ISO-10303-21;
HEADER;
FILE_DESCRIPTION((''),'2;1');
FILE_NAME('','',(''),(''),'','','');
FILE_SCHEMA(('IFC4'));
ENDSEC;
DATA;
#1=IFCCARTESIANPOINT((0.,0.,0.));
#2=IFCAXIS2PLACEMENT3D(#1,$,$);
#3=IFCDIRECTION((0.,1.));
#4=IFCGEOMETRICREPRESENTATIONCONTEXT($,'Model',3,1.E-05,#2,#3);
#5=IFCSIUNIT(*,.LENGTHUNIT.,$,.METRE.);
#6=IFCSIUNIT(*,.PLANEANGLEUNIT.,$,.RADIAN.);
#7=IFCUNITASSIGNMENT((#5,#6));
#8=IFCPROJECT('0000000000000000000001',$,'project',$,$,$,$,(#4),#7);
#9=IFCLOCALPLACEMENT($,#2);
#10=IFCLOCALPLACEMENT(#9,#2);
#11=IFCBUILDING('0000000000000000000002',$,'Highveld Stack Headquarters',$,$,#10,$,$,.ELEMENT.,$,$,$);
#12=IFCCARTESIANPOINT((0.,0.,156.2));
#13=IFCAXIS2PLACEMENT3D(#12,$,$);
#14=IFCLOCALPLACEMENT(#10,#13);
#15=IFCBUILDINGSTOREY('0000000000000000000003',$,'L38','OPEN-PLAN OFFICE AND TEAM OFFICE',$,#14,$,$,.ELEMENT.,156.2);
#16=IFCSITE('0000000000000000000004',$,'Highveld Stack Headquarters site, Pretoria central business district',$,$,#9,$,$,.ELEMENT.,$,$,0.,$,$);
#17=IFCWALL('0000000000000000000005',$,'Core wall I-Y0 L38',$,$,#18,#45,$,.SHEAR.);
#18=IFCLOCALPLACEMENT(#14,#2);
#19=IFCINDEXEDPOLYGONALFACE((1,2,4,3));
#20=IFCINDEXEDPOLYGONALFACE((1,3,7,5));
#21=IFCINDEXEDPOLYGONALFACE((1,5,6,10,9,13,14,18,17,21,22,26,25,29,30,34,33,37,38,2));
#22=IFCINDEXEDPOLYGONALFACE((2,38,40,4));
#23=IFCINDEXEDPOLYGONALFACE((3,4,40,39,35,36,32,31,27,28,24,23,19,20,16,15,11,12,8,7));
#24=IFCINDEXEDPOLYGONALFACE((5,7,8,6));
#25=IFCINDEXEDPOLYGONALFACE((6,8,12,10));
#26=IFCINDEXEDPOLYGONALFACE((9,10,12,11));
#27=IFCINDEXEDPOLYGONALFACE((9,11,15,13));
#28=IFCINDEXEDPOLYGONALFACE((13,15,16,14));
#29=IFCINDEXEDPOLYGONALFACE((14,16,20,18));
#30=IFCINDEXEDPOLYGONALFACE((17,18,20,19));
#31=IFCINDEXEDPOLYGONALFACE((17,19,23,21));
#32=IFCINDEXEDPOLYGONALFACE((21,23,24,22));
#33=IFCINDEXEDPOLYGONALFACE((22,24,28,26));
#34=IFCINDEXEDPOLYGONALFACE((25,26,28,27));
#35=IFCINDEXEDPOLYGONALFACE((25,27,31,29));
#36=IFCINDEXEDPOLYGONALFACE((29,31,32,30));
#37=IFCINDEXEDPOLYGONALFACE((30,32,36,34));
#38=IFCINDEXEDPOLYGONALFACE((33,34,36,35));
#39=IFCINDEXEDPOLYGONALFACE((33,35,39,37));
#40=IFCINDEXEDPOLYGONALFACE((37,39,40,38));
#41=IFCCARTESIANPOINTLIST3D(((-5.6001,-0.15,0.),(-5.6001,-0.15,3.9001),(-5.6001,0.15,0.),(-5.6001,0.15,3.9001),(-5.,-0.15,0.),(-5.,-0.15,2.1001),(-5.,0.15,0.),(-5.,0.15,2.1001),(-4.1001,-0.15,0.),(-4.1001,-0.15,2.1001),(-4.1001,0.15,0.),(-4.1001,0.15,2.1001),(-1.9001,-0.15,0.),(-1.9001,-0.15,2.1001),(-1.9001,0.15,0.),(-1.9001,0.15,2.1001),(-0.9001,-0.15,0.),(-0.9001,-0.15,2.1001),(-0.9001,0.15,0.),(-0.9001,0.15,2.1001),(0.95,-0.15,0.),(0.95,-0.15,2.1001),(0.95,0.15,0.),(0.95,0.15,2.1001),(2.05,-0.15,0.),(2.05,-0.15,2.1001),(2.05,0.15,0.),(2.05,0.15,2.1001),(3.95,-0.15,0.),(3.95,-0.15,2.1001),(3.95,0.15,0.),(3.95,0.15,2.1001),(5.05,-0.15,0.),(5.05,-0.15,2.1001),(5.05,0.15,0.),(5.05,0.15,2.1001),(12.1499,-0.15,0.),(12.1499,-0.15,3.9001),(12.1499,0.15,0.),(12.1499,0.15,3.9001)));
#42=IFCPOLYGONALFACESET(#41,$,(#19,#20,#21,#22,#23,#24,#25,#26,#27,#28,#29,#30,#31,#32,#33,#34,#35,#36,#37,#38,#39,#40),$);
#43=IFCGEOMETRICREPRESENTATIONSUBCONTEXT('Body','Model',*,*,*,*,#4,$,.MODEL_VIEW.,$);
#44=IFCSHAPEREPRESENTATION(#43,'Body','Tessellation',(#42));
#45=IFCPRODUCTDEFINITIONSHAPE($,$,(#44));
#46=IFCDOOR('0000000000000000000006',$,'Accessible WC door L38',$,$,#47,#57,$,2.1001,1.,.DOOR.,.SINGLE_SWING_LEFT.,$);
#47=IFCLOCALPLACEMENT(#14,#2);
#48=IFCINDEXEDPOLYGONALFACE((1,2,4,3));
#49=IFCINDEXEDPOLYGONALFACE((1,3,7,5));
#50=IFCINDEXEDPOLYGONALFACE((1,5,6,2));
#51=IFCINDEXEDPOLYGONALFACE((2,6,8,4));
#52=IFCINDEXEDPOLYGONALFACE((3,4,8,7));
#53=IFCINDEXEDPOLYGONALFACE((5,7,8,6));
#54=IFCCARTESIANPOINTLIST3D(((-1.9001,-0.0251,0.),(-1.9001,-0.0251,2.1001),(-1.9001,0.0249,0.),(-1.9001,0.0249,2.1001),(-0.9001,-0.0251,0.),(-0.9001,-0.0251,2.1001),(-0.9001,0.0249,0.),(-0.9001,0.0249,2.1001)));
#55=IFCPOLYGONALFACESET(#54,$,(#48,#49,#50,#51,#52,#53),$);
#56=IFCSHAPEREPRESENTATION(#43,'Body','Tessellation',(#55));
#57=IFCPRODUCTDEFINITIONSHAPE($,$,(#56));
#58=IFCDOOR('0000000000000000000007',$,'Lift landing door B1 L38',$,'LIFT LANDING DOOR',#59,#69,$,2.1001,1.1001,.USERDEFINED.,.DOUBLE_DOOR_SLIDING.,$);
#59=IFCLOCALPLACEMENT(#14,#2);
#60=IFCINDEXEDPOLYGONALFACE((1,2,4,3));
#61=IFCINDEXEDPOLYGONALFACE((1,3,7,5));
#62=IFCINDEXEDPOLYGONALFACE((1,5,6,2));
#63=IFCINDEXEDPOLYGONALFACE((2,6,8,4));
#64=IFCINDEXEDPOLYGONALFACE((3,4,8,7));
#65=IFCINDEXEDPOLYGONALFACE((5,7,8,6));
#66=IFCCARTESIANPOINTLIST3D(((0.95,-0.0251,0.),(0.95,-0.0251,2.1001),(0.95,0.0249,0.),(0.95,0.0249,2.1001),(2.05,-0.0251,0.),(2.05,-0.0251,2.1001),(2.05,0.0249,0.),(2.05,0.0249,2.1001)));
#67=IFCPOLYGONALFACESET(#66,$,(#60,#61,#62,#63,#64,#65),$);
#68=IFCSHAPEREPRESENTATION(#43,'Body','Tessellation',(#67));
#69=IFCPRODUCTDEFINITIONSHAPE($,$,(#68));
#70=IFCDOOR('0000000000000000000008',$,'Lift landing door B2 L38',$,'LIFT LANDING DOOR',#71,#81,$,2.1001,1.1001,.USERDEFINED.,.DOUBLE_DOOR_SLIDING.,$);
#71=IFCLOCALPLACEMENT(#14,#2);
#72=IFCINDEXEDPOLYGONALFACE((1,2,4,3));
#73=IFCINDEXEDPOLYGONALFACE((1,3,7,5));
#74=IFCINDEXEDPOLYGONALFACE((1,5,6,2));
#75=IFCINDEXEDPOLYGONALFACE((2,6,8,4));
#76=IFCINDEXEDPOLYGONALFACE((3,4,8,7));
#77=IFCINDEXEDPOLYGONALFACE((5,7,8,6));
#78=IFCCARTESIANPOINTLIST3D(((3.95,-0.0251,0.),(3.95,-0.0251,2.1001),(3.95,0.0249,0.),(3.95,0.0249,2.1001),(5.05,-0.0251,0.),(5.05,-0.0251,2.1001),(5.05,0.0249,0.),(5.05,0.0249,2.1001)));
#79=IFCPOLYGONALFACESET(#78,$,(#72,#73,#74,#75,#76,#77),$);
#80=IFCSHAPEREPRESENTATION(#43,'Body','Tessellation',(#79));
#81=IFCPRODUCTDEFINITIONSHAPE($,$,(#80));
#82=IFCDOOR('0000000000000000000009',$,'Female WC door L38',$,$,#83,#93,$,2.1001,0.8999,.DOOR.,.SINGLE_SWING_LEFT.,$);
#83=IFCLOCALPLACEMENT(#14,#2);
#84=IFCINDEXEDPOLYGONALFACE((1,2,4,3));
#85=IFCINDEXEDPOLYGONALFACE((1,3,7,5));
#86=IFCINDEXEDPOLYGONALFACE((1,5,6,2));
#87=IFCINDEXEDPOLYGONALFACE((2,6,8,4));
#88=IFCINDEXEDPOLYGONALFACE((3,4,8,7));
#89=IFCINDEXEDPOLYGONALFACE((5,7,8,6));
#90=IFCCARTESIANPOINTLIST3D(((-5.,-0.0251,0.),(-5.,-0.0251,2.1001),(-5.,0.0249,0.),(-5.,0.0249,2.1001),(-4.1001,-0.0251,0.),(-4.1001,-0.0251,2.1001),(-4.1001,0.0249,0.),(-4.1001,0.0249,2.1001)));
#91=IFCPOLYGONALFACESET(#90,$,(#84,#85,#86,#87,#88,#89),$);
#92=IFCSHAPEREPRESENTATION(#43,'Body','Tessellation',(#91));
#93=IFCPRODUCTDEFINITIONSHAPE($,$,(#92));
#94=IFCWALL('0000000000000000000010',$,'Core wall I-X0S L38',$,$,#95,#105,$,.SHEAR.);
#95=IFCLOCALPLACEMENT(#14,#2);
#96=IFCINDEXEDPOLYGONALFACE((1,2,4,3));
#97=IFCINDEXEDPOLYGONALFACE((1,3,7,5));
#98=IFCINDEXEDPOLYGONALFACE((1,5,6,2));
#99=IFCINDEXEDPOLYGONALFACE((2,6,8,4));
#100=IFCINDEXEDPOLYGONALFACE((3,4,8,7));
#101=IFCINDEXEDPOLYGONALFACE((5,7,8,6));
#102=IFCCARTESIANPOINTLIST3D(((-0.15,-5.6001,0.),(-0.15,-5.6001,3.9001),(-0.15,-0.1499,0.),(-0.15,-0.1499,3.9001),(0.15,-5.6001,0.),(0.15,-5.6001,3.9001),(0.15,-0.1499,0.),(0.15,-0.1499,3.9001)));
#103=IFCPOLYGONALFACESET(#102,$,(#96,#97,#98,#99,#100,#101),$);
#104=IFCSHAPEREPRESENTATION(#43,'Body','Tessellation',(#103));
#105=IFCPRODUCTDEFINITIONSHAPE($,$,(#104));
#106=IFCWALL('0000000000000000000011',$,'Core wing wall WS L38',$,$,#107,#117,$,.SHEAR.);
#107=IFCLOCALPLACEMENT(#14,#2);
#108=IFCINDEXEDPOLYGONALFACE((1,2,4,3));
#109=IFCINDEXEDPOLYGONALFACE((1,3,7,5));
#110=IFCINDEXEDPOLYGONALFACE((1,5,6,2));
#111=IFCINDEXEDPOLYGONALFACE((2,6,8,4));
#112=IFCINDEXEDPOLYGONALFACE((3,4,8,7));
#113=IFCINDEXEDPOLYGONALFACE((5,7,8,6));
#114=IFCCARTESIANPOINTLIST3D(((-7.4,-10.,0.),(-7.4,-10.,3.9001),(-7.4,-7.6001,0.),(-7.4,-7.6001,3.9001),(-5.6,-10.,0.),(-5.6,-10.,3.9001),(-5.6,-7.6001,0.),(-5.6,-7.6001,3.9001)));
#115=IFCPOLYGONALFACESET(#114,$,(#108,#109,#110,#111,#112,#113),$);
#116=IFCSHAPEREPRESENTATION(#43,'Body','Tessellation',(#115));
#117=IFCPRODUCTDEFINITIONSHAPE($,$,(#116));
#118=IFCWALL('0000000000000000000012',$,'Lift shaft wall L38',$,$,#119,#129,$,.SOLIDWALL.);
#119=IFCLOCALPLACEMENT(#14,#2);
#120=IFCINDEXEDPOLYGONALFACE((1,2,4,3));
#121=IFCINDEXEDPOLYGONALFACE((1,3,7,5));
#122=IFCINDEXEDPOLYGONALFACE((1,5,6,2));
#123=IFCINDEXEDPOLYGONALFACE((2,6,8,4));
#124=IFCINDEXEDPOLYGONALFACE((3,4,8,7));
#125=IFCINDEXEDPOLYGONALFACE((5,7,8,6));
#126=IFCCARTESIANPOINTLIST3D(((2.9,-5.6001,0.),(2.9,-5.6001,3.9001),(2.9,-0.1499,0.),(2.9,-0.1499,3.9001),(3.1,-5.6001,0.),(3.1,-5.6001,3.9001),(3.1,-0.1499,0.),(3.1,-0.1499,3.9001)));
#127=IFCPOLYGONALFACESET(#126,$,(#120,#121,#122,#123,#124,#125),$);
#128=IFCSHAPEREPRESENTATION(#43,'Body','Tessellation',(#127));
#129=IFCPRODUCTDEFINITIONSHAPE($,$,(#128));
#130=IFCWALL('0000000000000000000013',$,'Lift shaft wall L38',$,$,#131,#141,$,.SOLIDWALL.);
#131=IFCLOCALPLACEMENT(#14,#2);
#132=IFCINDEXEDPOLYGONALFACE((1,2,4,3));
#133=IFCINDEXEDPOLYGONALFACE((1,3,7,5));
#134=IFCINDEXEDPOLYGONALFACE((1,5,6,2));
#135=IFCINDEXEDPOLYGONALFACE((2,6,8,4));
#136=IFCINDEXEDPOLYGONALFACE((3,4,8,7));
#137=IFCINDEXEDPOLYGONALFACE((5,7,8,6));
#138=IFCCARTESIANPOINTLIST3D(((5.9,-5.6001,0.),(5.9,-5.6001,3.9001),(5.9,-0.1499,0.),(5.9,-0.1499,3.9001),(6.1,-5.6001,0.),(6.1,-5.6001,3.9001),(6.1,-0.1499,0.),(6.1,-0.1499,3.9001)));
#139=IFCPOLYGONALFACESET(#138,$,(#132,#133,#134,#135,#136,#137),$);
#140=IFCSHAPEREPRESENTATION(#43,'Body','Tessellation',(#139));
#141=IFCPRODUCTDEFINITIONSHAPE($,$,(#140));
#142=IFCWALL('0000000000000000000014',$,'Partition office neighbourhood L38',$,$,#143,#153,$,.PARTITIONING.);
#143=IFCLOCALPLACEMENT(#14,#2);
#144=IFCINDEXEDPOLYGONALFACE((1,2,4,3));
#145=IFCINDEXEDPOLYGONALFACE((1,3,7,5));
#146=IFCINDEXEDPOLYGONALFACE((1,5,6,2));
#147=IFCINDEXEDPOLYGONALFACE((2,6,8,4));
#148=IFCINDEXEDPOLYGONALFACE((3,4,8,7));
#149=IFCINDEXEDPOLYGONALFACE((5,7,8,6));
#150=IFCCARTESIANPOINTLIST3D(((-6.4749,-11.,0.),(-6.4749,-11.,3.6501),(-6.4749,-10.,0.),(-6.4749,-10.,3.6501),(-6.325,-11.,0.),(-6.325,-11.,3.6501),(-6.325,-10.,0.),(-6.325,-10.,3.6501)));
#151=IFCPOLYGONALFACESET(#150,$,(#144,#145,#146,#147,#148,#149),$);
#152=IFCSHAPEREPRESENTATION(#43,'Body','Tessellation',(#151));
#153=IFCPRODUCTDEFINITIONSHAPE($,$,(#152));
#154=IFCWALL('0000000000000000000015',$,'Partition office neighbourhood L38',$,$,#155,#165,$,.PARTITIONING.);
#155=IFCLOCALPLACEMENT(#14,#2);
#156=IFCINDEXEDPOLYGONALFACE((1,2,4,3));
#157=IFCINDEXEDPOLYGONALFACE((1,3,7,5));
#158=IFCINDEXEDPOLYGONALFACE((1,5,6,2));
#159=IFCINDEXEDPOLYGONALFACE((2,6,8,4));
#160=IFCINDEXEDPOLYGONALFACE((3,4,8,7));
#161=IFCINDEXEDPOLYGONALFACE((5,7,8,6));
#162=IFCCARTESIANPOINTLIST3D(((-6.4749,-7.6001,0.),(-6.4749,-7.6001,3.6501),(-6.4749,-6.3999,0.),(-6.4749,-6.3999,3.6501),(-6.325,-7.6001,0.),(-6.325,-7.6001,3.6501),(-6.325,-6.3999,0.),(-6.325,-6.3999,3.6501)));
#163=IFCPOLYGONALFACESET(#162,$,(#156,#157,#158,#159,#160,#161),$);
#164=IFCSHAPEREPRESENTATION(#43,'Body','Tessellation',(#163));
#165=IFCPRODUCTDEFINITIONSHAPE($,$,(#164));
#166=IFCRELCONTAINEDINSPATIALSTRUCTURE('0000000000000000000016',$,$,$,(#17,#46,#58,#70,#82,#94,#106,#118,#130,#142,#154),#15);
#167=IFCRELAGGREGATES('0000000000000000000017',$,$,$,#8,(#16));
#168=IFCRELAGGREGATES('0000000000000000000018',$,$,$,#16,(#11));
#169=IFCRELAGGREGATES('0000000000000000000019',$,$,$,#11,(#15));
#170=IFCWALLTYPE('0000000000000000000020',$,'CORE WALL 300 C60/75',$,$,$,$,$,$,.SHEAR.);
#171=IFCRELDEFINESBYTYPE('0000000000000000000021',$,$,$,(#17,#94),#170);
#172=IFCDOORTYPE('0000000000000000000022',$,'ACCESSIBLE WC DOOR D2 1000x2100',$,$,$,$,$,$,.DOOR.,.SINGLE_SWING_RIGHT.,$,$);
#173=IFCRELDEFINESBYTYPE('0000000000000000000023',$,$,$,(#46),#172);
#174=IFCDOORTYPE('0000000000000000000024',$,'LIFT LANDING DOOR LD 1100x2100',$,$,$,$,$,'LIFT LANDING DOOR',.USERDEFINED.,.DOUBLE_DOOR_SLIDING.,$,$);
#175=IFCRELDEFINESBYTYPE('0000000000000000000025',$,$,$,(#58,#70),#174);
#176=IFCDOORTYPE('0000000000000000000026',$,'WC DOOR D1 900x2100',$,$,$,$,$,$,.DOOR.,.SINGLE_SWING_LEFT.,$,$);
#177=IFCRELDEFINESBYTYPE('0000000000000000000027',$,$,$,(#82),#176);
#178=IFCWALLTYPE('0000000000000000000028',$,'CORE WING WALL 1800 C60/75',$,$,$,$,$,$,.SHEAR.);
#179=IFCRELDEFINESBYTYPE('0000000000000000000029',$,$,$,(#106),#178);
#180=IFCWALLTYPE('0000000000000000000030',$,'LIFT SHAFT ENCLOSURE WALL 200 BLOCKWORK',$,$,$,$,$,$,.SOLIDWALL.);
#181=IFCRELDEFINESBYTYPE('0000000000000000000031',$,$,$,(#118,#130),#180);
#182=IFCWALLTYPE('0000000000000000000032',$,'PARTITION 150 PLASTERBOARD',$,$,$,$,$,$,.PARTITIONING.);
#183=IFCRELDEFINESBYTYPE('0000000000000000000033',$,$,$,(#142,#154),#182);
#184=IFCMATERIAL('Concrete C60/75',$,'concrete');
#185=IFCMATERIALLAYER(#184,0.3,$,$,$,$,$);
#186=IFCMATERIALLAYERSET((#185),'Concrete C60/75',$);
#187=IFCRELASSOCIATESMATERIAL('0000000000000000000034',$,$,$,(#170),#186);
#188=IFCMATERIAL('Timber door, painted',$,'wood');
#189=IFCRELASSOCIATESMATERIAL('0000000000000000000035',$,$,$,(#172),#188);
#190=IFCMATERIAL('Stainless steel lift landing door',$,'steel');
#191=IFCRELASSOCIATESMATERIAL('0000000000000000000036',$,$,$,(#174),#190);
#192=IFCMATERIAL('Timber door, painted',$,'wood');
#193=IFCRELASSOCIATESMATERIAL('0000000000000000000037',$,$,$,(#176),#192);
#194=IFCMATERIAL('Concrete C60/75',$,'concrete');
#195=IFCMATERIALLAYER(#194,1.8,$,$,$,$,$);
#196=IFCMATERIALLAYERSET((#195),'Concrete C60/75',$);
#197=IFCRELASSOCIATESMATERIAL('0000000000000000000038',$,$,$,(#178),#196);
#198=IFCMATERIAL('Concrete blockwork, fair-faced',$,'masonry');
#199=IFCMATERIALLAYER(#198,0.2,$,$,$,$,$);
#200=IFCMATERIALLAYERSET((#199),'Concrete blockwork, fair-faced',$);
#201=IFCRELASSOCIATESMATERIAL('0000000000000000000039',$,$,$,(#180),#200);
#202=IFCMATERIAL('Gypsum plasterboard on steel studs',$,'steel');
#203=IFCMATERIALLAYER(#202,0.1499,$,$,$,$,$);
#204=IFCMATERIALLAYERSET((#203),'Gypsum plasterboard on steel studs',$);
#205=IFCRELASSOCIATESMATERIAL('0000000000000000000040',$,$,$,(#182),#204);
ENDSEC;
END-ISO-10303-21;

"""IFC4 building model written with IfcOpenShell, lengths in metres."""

from ifc_helpers import new_model, si_unit, direction, frame, frame_2d, origin, place, context, subcontext, project, spatial, rectangle, extrude, material, layer, layer_set, type_object, element, fill, save


model = new_model("IFC4")

# Units and contexts
model_context = context("Model", 3, precision=1e-05, world=origin(), true_north=direction((0.0, 1.0)))
body_context = subcontext(model_context, "Body", "Model", "MODEL_VIEW")
ifc_project = project(units=[si_unit("LENGTHUNIT", "METRE"), si_unit("PLANEANGLEUNIT", "RADIAN")], contexts=[model_context])

# Site, building, storey
site_placement = place(None, origin())
site = spatial("IfcSite", under=ifc_project, at=site_placement, Name="Highveld Stack Headquarters site, Pretoria central business district", CompositionType="ELEMENT", RefElevation=0.0)
building_placement = place(site_placement, origin())
building = spatial("IfcBuilding", under=site, at=building_placement, Name="Highveld Stack Headquarters", CompositionType="ELEMENT")
storey_placement = place(building_placement, frame((0.0, 0.0, 156.2)))
storey = spatial("IfcBuildingStorey", under=building, at=storey_placement, Name="L38", Description="OPEN-PLAN OFFICE AND TEAM OFFICE", CompositionType="ELEMENT", Elevation=156.2)

# Wall, openings, doors
ifc_material_1 = material(Name="Concrete C60/75", Category="concrete")
ifc_layer_1 = layer(ifc_material_1, 0.3)
ifc_layer_set_1 = layer_set([ifc_layer_1], Name="Concrete C60/75")
wall_type_1 = type_object("IfcWallType", Name="CORE WALL 300 C60/75", PredefinedType="SHEAR", material=ifc_layer_set_1)
wall_1_placement = place(storey_placement, frame((-5.6001, 0.0, 0.0), z_axis=(0.0, 0.0, 1.0), x_axis=(1.0, 0.0, 0.0)))
wall_1 = element("IfcWall", 1, at=wall_1_placement, inside=storey, type_object=wall_type_1, Name="Core wall I-Y0 L38", PredefinedType="SHEAR", context=body_context, shape_type="SweptSolid", body=[
    extrude(rectangle(XDim=17.75, YDim=0.3, at=frame_2d((8.875, 0.0))), origin(), (0.0, 0.0, 1.0), 3.9001),
])
opening_1_placement = place(wall_1_placement, frame((0.6001, 0.0, 0.0)))
opening_1 = element("IfcOpeningElement", 2, at=opening_1_placement, cuts=wall_1, PredefinedType="OPENING", context=body_context, shape_type="SweptSolid", body=[
    extrude(rectangle(XDim=0.8999, YDim=2.1001, at=frame_2d((0.45, 1.05))), frame((0.0, 0.1599, 0.0), z_axis=(0.0, -1.0, 0.0), x_axis=(1.0, 0.0, 0.0)), (0.0, 0.0, 1.0), 0.3201),
])
opening_2_placement = place(wall_1_placement, frame((3.7, 0.0, 0.0)))
opening_2 = element("IfcOpeningElement", 3, at=opening_2_placement, cuts=wall_1, PredefinedType="OPENING", context=body_context, shape_type="SweptSolid", body=[
    extrude(rectangle(XDim=1.0, YDim=2.1001, at=frame_2d((0.5, 1.05))), frame((0.0, 0.1599, 0.0), z_axis=(0.0, -1.0, 0.0), x_axis=(1.0, 0.0, 0.0)), (0.0, 0.0, 1.0), 0.3201),
])
opening_3_placement = place(wall_1_placement, frame((6.55, 0.0, 0.0)))
opening_3 = element("IfcOpeningElement", 4, at=opening_3_placement, cuts=wall_1, PredefinedType="OPENING", context=body_context, shape_type="SweptSolid", body=[
    extrude(rectangle(XDim=1.1001, YDim=2.1001, at=frame_2d((0.55, 1.05))), frame((0.0, 0.1599, 0.0), z_axis=(0.0, -1.0, 0.0), x_axis=(1.0, 0.0, 0.0)), (0.0, 0.0, 1.0), 0.3201),
])
opening_4_placement = place(wall_1_placement, frame((9.55, 0.0, 0.0)))
opening_4 = element("IfcOpeningElement", 5, at=opening_4_placement, cuts=wall_1, PredefinedType="OPENING", context=body_context, shape_type="SweptSolid", body=[
    extrude(rectangle(XDim=1.1001, YDim=2.1001, at=frame_2d((0.55, 1.05))), frame((0.0, 0.1599, 0.0), z_axis=(0.0, -1.0, 0.0), x_axis=(1.0, 0.0, 0.0)), (0.0, 0.0, 1.0), 0.3201),
])
ifc_material_2 = material(Name="Timber door, painted", Category="wood")
door_type_1 = type_object("IfcDoorType", Name="ACCESSIBLE WC DOOR D2 1000x2100", OperationType="SINGLE_SWING_RIGHT", PredefinedType="DOOR", material=ifc_material_2)
door_1_placement = place(opening_2_placement, origin())
door_1 = element("IfcDoor", 6, at=door_1_placement, inside=storey, type_object=door_type_1, Name="Accessible WC door L38", OperationType="SINGLE_SWING_LEFT", OverallHeight=2.1001, OverallWidth=1.0, PredefinedType="DOOR", context=body_context, shape_type="SweptSolid", body=[
    extrude(rectangle(XDim=1.0, YDim=2.1001, at=frame_2d((0.5, 1.05))), frame((0.0, 0.0249, 0.0), z_axis=(0.0, -1.0, 0.0), x_axis=(1.0, 0.0, 0.0)), (0.0, 0.0, 1.0), 0.05),
])
fill(opening_2, door_1)
ifc_material_3 = material(Name="Stainless steel lift landing door", Category="steel")
door_type_2 = type_object("IfcDoorType", Name="LIFT LANDING DOOR LD 1100x2100", ElementType="LIFT LANDING DOOR", OperationType="DOUBLE_DOOR_SLIDING", PredefinedType="USERDEFINED", material=ifc_material_3)
door_2_placement = place(opening_3_placement, origin())
door_2 = element("IfcDoor", 7, at=door_2_placement, inside=storey, type_object=door_type_2, Name="Lift landing door B1 L38", ObjectType="LIFT LANDING DOOR", OperationType="DOUBLE_DOOR_SLIDING", OverallHeight=2.1001, OverallWidth=1.1001, PredefinedType="USERDEFINED", context=body_context, shape_type="SweptSolid", body=[
    extrude(rectangle(XDim=1.1001, YDim=2.1001, at=frame_2d((0.55, 1.05))), frame((0.0, 0.0249, 0.0), z_axis=(0.0, -1.0, 0.0), x_axis=(1.0, 0.0, 0.0)), (0.0, 0.0, 1.0), 0.05),
])
fill(opening_3, door_2)
door_3_placement = place(opening_4_placement, origin())
door_3 = element("IfcDoor", 8, at=door_3_placement, inside=storey, type_object=door_type_2, Name="Lift landing door B2 L38", ObjectType="LIFT LANDING DOOR", OperationType="DOUBLE_DOOR_SLIDING", OverallHeight=2.1001, OverallWidth=1.1001, PredefinedType="USERDEFINED", context=body_context, shape_type="SweptSolid", body=[
    extrude(rectangle(XDim=1.1001, YDim=2.1001, at=frame_2d((0.55, 1.05))), frame((0.0, 0.0249, 0.0), z_axis=(0.0, -1.0, 0.0), x_axis=(1.0, 0.0, 0.0)), (0.0, 0.0, 1.0), 0.05),
])
fill(opening_4, door_3)
ifc_material_4 = material(Name="Timber door, painted", Category="wood")
door_type_3 = type_object("IfcDoorType", Name="WC DOOR D1 900x2100", OperationType="SINGLE_SWING_LEFT", PredefinedType="DOOR", material=ifc_material_4)
door_4_placement = place(opening_1_placement, origin())
door_4 = element("IfcDoor", 9, at=door_4_placement, inside=storey, type_object=door_type_3, Name="Female WC door L38", OperationType="SINGLE_SWING_LEFT", OverallHeight=2.1001, OverallWidth=0.8999, PredefinedType="DOOR", context=body_context, shape_type="SweptSolid", body=[
    extrude(rectangle(XDim=0.8999, YDim=2.1001, at=frame_2d((0.45, 1.05))), frame((0.0, 0.0249, 0.0), z_axis=(0.0, -1.0, 0.0), x_axis=(1.0, 0.0, 0.0)), (0.0, 0.0, 1.0), 0.05),
])
fill(opening_1, door_4)

# Walls
wall_2_placement = place(storey_placement, frame((0.0, -5.6001, 0.0), z_axis=(0.0, 0.0, 1.0), x_axis=(0.0, 1.0, 0.0)))
element("IfcWall", 10, at=wall_2_placement, inside=storey, type_object=wall_type_1, Name="Core wall I-X0S L38", PredefinedType="SHEAR", context=body_context, shape_type="SweptSolid", body=[
    extrude(rectangle(XDim=5.4502, YDim=0.3, at=frame_2d((2.7251, 0.0))), origin(), (0.0, 0.0, 1.0), 3.9001),
])
ifc_material_5 = material(Name="Concrete C60/75", Category="concrete")
ifc_layer_2 = layer(ifc_material_5, 1.8)
ifc_layer_set_2 = layer_set([ifc_layer_2], Name="Concrete C60/75")
wall_type_2 = type_object("IfcWallType", Name="CORE WING WALL 1800 C60/75", PredefinedType="SHEAR", material=ifc_layer_set_2)
wall_3_placement = place(storey_placement, frame((-6.5, -10.0, 0.0), z_axis=(0.0, 0.0, 1.0), x_axis=(0.0, 1.0, 0.0)))
element("IfcWall", 11, at=wall_3_placement, inside=storey, type_object=wall_type_2, Name="Core wing wall WS L38", PredefinedType="SHEAR", context=body_context, shape_type="SweptSolid", body=[
    extrude(rectangle(XDim=2.3999, YDim=1.8, at=frame_2d((1.2, 0.0))), origin(), (0.0, 0.0, 1.0), 3.9001),
])
ifc_material_6 = material(Name="Concrete blockwork, fair-faced", Category="masonry")
ifc_layer_3 = layer(ifc_material_6, 0.2)
ifc_layer_set_3 = layer_set([ifc_layer_3], Name="Concrete blockwork, fair-faced")
wall_type_3 = type_object("IfcWallType", Name="LIFT SHAFT ENCLOSURE WALL 200 BLOCKWORK", PredefinedType="SOLIDWALL", material=ifc_layer_set_3)
for number, where, z_axis, x_axis, name in (
    (12, (3.0, -5.6001, 0.0), (0.0, 0.0, 1.0), (0.0, 1.0, 0.0), "Lift shaft wall L38"),
    (13, (6.0, -5.6001, 0.0), (0.0, 0.0, 1.0), (0.0, 1.0, 0.0), "Lift shaft wall L38"),
):
    element("IfcWall", number, at=place(storey_placement, frame(where, z_axis=z_axis, x_axis=x_axis)), inside=storey, type_object=wall_type_3, Name=name, PredefinedType="SOLIDWALL", context=body_context, shape_type="SweptSolid", body=[
        extrude(rectangle(XDim=5.4502, YDim=0.2, at=frame_2d((2.7251, 0.0))), origin(), (0.0, 0.0, 1.0), 3.9001),
    ])
ifc_material_7 = material(Name="Gypsum plasterboard on steel studs", Category="steel")
ifc_layer_4 = layer(ifc_material_7, 0.1499)
ifc_layer_set_4 = layer_set([ifc_layer_4], Name="Gypsum plasterboard on steel studs")
wall_type_4 = type_object("IfcWallType", Name="PARTITION 150 PLASTERBOARD", PredefinedType="PARTITIONING", material=ifc_layer_set_4)
wall_4_placement = place(storey_placement, frame((-6.3999, -11.0, 0.0), z_axis=(0.0, 0.0, 1.0), x_axis=(0.0, 1.0, 0.0)))
element("IfcWall", 14, at=wall_4_placement, inside=storey, type_object=wall_type_4, Name="Partition office neighbourhood L38", PredefinedType="PARTITIONING", context=body_context, shape_type="SweptSolid", body=[
    extrude(rectangle(XDim=1.0, YDim=0.1499, at=frame_2d((0.5, 0.0))), origin(), (0.0, 0.0, 1.0), 3.6501),
])
wall_5_placement = place(storey_placement, frame((-6.3999, -7.6001, 0.0), z_axis=(0.0, 0.0, 1.0), x_axis=(0.0, 1.0, 0.0)))
element("IfcWall", 15, at=wall_5_placement, inside=storey, type_object=wall_type_4, Name="Partition office neighbourhood L38", PredefinedType="PARTITIONING", context=body_context, shape_type="SweptSolid", body=[
    extrude(rectangle(XDim=1.2002, YDim=0.1499, at=frame_2d((0.6001, 0.0))), origin(), (0.0, 0.0, 1.0), 3.6501),
])

save(model, "model.ifc")
